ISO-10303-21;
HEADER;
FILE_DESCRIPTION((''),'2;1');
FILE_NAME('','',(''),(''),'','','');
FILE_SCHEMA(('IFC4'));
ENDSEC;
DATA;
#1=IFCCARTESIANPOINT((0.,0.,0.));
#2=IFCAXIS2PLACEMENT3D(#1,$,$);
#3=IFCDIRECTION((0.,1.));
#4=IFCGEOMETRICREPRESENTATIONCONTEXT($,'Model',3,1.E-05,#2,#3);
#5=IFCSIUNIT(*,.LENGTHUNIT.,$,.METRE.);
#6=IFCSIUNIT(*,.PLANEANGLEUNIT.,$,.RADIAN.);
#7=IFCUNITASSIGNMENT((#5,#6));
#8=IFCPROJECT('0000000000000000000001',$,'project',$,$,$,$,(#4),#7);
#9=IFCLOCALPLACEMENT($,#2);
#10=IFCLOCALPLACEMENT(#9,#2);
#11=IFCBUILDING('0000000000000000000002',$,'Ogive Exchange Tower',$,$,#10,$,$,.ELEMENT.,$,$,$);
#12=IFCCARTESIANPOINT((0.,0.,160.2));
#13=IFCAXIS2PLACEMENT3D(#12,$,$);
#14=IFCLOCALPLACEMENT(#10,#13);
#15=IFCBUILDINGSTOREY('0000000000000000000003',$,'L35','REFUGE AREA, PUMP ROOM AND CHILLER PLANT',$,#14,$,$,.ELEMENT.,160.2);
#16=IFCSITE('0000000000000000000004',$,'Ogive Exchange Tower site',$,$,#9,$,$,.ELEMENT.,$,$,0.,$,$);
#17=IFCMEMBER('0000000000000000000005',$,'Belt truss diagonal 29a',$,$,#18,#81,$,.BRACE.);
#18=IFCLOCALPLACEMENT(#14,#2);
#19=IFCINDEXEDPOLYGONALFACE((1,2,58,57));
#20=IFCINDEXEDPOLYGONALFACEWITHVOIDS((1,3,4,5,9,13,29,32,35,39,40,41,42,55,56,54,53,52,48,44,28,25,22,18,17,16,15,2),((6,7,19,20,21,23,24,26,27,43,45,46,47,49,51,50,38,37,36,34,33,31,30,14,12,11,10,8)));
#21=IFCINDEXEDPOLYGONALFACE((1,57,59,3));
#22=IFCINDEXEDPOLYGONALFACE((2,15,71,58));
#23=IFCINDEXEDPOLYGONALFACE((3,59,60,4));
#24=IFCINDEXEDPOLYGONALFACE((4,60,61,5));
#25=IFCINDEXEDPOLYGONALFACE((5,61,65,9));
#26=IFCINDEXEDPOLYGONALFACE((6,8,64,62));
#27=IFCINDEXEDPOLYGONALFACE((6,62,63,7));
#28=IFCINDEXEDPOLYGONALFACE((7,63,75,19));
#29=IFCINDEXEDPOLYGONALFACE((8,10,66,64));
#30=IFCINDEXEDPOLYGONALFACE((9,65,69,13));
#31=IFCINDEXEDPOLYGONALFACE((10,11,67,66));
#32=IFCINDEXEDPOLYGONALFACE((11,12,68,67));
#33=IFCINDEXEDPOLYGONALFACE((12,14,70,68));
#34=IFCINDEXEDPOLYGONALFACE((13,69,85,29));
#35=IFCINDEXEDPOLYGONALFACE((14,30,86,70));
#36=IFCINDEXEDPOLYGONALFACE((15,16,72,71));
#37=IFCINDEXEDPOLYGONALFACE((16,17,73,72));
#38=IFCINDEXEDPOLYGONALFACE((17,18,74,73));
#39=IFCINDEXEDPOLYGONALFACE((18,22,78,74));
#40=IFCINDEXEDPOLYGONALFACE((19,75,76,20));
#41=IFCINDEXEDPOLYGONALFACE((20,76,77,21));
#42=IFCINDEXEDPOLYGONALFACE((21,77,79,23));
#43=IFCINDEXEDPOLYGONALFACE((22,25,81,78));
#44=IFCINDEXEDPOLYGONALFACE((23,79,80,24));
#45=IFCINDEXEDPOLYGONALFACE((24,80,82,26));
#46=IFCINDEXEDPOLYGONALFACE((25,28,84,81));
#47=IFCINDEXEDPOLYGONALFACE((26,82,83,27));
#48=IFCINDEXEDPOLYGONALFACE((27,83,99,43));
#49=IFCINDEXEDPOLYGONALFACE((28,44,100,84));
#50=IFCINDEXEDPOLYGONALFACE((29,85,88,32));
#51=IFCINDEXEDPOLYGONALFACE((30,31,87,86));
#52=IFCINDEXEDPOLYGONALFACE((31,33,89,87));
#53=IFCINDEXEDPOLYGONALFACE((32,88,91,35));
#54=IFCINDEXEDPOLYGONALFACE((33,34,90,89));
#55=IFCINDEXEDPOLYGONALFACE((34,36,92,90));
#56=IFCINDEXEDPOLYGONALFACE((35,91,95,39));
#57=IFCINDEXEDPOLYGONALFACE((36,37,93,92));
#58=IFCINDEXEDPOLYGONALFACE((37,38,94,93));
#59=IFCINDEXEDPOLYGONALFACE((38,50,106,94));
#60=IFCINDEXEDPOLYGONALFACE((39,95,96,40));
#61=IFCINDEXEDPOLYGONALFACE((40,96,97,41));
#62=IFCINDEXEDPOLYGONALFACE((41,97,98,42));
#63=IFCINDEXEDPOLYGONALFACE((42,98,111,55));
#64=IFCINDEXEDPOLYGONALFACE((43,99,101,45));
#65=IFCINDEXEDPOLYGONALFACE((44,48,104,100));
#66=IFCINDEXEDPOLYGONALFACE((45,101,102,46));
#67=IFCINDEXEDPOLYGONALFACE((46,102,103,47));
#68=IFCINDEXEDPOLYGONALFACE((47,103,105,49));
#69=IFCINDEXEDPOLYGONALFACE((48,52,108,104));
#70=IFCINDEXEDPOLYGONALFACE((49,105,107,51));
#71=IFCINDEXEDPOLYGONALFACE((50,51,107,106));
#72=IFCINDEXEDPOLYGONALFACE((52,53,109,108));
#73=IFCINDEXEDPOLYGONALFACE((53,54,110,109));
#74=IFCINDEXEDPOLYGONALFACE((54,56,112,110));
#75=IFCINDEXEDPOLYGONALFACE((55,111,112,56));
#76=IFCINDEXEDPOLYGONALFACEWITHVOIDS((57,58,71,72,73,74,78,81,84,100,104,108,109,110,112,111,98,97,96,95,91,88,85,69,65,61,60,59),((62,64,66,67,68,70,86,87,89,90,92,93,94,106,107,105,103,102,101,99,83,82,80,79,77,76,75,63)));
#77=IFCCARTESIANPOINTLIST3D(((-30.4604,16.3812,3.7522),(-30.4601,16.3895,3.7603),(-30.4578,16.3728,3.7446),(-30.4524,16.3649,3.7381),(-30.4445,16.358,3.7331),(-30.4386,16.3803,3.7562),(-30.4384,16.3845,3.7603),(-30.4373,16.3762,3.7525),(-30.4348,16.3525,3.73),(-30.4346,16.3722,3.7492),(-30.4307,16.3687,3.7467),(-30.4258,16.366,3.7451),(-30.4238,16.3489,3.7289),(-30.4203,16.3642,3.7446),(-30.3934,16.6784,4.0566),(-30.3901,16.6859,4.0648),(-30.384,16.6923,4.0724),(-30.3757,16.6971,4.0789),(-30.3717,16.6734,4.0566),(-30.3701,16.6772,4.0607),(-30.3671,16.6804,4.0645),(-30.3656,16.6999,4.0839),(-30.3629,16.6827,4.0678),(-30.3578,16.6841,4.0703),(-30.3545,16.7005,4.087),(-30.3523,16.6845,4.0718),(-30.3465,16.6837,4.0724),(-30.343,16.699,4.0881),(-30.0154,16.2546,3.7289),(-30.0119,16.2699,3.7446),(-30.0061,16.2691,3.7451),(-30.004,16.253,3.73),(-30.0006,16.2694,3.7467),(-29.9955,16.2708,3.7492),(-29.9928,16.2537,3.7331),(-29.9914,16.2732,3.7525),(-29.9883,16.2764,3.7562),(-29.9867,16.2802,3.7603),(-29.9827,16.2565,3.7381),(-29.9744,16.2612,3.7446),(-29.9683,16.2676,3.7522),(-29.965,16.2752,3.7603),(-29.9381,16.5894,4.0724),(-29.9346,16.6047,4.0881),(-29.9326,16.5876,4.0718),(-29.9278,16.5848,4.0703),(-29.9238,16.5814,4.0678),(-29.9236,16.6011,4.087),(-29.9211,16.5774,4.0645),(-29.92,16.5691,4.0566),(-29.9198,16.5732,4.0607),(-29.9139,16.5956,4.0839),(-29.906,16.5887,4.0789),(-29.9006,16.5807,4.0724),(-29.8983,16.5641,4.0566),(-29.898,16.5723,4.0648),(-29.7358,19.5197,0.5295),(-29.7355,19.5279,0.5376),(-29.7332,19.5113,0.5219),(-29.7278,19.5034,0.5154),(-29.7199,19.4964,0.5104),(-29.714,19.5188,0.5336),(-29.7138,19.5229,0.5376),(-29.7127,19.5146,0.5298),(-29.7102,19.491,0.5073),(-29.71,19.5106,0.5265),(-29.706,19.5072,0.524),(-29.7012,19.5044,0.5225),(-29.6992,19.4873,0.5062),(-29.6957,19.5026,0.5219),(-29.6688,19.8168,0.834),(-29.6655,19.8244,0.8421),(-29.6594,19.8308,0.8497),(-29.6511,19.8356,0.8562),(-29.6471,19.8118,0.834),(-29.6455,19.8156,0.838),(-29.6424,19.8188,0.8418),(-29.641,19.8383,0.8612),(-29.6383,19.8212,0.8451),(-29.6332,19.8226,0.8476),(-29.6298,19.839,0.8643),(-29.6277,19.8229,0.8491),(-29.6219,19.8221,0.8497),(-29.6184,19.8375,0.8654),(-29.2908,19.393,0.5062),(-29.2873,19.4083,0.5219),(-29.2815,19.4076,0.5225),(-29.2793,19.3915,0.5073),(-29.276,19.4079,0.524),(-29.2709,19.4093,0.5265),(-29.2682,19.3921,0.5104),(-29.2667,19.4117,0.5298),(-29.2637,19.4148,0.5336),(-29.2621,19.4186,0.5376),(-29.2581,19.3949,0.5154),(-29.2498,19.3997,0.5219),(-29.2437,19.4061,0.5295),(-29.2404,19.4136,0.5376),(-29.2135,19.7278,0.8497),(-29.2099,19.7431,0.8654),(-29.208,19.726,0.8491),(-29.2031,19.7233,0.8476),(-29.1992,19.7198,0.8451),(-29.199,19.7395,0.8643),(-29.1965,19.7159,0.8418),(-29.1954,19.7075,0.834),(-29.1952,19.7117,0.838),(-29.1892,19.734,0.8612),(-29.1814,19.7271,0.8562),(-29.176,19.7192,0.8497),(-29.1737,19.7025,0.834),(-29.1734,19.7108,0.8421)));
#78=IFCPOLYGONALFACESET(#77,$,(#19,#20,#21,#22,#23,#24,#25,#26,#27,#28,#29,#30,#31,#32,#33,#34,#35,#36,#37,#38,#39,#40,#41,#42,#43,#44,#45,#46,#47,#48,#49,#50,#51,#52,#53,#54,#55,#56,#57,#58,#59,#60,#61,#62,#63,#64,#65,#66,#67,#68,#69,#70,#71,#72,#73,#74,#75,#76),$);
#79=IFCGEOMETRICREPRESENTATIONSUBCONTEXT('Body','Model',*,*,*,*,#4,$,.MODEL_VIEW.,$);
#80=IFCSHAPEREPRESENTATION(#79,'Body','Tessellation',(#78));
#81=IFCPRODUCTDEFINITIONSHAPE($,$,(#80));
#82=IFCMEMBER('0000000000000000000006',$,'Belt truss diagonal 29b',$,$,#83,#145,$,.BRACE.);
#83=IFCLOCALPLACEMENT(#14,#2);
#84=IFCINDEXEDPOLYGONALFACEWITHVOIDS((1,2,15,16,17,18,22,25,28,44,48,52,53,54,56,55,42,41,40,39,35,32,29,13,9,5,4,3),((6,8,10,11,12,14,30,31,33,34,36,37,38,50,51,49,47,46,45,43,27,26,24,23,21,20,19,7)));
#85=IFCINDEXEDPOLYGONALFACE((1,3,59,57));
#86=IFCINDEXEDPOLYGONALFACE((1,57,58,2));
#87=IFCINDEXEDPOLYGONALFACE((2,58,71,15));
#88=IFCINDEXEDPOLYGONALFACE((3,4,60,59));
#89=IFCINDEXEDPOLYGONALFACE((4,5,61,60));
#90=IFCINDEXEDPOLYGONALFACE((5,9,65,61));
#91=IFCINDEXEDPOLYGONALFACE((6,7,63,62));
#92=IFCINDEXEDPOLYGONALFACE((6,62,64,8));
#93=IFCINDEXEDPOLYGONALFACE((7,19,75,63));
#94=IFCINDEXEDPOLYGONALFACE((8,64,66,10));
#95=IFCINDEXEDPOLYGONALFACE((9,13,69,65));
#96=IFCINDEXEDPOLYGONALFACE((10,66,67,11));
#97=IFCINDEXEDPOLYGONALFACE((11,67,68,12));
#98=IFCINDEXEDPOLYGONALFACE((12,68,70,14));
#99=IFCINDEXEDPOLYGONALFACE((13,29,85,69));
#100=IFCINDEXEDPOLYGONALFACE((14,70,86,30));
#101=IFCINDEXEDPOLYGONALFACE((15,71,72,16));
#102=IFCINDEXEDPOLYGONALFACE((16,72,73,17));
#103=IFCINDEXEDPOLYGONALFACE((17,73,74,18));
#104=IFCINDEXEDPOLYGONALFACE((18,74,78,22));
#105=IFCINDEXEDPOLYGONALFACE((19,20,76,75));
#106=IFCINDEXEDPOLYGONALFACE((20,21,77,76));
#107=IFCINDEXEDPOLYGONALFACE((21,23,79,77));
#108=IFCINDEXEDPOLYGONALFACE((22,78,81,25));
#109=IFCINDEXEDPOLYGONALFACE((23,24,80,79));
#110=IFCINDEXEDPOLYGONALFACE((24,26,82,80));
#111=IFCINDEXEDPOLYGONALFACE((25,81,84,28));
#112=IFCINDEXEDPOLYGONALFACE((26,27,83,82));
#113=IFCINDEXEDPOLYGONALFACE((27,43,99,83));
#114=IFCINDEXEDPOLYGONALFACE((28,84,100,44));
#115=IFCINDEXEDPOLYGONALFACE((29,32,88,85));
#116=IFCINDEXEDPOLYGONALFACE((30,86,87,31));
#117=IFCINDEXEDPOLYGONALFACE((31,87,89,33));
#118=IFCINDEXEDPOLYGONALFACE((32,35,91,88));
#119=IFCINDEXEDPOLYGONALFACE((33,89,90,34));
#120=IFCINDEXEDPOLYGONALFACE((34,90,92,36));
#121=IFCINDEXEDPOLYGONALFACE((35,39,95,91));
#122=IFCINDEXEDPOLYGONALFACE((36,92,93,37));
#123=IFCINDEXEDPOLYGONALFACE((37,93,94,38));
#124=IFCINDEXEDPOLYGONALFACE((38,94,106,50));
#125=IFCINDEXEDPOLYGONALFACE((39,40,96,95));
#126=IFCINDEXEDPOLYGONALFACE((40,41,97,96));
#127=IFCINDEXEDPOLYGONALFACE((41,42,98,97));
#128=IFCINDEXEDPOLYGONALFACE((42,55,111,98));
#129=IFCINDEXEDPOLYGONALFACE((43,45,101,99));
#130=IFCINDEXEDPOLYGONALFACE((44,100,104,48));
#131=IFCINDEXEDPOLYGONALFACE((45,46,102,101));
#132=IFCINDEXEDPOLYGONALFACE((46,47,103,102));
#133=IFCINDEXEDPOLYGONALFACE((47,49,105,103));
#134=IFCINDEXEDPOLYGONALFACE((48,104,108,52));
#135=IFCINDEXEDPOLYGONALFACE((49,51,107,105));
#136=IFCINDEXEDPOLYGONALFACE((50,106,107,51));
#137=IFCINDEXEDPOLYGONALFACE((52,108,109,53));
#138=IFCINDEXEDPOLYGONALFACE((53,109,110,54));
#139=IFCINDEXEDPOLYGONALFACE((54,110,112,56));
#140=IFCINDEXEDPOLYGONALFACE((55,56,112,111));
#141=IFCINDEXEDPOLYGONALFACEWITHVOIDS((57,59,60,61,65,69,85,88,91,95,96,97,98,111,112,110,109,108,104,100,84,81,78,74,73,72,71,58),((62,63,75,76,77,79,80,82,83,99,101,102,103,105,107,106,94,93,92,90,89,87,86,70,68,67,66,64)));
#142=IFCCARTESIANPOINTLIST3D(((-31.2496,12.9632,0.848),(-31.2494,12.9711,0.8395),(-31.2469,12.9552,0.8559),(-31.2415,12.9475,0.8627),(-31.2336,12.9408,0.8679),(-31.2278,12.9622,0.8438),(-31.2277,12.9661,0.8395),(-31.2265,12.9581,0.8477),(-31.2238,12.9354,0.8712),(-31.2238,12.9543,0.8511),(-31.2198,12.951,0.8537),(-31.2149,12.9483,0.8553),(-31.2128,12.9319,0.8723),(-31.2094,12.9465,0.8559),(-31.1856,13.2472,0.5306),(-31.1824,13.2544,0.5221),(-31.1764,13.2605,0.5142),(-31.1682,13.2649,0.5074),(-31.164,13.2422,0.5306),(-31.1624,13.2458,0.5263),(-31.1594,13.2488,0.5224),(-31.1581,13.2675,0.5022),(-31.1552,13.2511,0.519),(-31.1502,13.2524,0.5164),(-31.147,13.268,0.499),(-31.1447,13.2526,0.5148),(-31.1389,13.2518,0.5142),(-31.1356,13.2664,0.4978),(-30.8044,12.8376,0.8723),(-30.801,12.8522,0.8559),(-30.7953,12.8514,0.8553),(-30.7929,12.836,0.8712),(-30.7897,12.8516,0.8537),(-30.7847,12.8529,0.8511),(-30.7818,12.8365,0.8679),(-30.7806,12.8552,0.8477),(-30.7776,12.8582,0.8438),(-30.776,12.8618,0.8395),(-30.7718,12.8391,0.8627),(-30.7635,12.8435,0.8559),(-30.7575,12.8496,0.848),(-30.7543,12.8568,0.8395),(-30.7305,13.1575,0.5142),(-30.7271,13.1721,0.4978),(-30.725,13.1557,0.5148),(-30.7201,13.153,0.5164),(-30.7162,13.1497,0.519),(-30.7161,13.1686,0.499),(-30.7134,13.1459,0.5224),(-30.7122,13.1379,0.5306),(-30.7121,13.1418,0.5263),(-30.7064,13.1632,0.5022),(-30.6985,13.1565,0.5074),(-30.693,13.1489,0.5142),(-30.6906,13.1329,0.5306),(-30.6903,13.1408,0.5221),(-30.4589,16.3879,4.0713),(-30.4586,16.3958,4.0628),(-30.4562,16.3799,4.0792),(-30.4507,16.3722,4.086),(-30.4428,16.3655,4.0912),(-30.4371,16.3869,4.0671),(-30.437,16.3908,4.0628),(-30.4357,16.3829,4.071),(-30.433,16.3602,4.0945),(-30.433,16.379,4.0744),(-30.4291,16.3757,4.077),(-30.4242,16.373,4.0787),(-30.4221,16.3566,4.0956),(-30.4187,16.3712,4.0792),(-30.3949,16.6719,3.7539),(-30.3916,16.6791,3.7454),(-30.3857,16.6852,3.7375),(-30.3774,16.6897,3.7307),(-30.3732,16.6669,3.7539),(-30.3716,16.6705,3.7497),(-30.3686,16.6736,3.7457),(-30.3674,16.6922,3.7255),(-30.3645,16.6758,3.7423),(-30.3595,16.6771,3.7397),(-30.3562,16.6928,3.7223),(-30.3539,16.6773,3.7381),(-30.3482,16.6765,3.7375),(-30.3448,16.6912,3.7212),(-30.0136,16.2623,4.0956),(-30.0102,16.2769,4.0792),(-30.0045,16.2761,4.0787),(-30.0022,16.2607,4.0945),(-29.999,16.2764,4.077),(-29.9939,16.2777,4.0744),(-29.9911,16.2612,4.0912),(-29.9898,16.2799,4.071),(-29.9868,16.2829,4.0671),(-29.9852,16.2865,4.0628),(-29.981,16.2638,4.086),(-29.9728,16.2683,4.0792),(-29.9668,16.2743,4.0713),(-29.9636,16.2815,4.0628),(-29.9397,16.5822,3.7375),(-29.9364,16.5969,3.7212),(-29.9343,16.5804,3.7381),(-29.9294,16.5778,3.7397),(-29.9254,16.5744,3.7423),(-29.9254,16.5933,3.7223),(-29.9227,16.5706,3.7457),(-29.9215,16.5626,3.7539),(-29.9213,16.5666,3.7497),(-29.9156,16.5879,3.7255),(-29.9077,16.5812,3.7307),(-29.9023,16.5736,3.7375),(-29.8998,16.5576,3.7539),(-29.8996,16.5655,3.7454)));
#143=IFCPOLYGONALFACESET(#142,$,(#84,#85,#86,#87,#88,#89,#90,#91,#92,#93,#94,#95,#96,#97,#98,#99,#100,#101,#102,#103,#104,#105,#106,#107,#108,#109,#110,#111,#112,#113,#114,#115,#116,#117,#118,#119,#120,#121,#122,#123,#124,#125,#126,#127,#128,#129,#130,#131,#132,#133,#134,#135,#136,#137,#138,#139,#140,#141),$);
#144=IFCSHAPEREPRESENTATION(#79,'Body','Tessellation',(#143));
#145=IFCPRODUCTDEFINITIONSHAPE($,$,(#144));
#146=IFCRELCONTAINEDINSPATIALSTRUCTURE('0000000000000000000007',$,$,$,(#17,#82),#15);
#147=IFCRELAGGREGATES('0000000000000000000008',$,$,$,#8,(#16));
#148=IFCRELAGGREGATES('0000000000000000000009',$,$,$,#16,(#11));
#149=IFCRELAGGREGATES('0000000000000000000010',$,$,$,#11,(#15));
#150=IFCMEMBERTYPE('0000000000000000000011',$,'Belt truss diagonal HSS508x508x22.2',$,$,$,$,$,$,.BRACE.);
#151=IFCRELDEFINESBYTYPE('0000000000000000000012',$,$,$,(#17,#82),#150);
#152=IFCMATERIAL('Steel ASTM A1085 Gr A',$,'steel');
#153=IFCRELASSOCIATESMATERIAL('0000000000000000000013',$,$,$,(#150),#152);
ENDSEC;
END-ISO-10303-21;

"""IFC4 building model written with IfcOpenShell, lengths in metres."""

from ifc_helpers import new_model, si_unit, direction, frame, origin, origin_2d, place, context, subcontext, project, spatial, hollow_rectangle, extrude, material, material_profile, profile_set, type_object, element, save


model = new_model("IFC4")

# Units and contexts
model_context = context("Model", 3, precision=1e-05, world=origin(), true_north=direction((0.0, 1.0)))
body_context = subcontext(model_context, "Body", "Model", "MODEL_VIEW")
ifc_project = project(units=[si_unit("LENGTHUNIT", "METRE"), si_unit("PLANEANGLEUNIT", "RADIAN")], contexts=[model_context])

# Site, building, storey
site_placement = place(None, origin())
site = spatial("IfcSite", under=ifc_project, at=site_placement, Name="Ogive Exchange Tower site", CompositionType="ELEMENT", RefElevation=0.0)
building_placement = place(site_placement, origin())
building = spatial("IfcBuilding", under=site, at=building_placement, Name="Ogive Exchange Tower", CompositionType="ELEMENT")
storey_placement = place(building_placement, frame((0.0, 0.0, 160.2)))
storey = spatial("IfcBuildingStorey", under=building, at=storey_placement, Name="L35", Description="REFUGE AREA, PUMP ROOM AND CHILLER PLANT", CompositionType="ELEMENT", Elevation=160.2)

# Members
ifc_material_1 = material(Name="Steel ASTM A1085 Gr A", Category="steel")
ifc_material_profile_1 = material_profile(ifc_material_1, hollow_rectangle(XDim=0.5081, YDim=0.5081, WallThickness=0.0222, InnerFilletRadius=0.0222, OuterFilletRadius=0.0444, at=origin_2d()), Name="HSS508x508x22.2")
ifc_profile_set_1 = profile_set([ifc_material_profile_1], Name="Steel ASTM A1085 Gr A")
member_type_1 = type_object("IfcMemberType", Name="Belt truss diagonal HSS508x508x22.2", PredefinedType="BRACE", material=ifc_profile_set_1)
member_1_placement = place(storey_placement, frame((-29.4546, 19.6152, 0.6858), z_axis=(-0.159033, -0.688803, 0.707289), x_axis=(0.974367, -0.224965, 0.0)))
element("IfcMember", 1, at=member_1_placement, inside=storey, type_object=member_type_1, Name="Belt truss diagonal 29a", PredefinedType="BRACE", context=body_context, shape_type="SweptSolid", body=[
    extrude(hollow_rectangle(XDim=0.5081, YDim=0.5081, WallThickness=0.0222, InnerFilletRadius=0.0222, OuterFilletRadius=0.0444, at=origin_2d()), origin(), (0.0, 0.0, 1.0), 4.5564),
])
member_2_placement = place(storey_placement, frame((-30.97, 13.052, 0.6851), z_axis=(0.16581, 0.718116, 0.675883), x_axis=(-0.974364, 0.224976, 0.0)))
element("IfcMember", 2, at=member_2_placement, inside=storey, type_object=member_type_1, Name="Belt truss diagonal 29b", PredefinedType="BRACE", context=body_context, shape_type="SweptSolid", body=[
    extrude(hollow_rectangle(XDim=0.5081, YDim=0.5081, WallThickness=0.0222, InnerFilletRadius=0.0222, OuterFilletRadius=0.0444, at=origin_2d()), origin(), (0.0, 0.0, 1.0), 4.769),
])

save(model, "model.ifc")
